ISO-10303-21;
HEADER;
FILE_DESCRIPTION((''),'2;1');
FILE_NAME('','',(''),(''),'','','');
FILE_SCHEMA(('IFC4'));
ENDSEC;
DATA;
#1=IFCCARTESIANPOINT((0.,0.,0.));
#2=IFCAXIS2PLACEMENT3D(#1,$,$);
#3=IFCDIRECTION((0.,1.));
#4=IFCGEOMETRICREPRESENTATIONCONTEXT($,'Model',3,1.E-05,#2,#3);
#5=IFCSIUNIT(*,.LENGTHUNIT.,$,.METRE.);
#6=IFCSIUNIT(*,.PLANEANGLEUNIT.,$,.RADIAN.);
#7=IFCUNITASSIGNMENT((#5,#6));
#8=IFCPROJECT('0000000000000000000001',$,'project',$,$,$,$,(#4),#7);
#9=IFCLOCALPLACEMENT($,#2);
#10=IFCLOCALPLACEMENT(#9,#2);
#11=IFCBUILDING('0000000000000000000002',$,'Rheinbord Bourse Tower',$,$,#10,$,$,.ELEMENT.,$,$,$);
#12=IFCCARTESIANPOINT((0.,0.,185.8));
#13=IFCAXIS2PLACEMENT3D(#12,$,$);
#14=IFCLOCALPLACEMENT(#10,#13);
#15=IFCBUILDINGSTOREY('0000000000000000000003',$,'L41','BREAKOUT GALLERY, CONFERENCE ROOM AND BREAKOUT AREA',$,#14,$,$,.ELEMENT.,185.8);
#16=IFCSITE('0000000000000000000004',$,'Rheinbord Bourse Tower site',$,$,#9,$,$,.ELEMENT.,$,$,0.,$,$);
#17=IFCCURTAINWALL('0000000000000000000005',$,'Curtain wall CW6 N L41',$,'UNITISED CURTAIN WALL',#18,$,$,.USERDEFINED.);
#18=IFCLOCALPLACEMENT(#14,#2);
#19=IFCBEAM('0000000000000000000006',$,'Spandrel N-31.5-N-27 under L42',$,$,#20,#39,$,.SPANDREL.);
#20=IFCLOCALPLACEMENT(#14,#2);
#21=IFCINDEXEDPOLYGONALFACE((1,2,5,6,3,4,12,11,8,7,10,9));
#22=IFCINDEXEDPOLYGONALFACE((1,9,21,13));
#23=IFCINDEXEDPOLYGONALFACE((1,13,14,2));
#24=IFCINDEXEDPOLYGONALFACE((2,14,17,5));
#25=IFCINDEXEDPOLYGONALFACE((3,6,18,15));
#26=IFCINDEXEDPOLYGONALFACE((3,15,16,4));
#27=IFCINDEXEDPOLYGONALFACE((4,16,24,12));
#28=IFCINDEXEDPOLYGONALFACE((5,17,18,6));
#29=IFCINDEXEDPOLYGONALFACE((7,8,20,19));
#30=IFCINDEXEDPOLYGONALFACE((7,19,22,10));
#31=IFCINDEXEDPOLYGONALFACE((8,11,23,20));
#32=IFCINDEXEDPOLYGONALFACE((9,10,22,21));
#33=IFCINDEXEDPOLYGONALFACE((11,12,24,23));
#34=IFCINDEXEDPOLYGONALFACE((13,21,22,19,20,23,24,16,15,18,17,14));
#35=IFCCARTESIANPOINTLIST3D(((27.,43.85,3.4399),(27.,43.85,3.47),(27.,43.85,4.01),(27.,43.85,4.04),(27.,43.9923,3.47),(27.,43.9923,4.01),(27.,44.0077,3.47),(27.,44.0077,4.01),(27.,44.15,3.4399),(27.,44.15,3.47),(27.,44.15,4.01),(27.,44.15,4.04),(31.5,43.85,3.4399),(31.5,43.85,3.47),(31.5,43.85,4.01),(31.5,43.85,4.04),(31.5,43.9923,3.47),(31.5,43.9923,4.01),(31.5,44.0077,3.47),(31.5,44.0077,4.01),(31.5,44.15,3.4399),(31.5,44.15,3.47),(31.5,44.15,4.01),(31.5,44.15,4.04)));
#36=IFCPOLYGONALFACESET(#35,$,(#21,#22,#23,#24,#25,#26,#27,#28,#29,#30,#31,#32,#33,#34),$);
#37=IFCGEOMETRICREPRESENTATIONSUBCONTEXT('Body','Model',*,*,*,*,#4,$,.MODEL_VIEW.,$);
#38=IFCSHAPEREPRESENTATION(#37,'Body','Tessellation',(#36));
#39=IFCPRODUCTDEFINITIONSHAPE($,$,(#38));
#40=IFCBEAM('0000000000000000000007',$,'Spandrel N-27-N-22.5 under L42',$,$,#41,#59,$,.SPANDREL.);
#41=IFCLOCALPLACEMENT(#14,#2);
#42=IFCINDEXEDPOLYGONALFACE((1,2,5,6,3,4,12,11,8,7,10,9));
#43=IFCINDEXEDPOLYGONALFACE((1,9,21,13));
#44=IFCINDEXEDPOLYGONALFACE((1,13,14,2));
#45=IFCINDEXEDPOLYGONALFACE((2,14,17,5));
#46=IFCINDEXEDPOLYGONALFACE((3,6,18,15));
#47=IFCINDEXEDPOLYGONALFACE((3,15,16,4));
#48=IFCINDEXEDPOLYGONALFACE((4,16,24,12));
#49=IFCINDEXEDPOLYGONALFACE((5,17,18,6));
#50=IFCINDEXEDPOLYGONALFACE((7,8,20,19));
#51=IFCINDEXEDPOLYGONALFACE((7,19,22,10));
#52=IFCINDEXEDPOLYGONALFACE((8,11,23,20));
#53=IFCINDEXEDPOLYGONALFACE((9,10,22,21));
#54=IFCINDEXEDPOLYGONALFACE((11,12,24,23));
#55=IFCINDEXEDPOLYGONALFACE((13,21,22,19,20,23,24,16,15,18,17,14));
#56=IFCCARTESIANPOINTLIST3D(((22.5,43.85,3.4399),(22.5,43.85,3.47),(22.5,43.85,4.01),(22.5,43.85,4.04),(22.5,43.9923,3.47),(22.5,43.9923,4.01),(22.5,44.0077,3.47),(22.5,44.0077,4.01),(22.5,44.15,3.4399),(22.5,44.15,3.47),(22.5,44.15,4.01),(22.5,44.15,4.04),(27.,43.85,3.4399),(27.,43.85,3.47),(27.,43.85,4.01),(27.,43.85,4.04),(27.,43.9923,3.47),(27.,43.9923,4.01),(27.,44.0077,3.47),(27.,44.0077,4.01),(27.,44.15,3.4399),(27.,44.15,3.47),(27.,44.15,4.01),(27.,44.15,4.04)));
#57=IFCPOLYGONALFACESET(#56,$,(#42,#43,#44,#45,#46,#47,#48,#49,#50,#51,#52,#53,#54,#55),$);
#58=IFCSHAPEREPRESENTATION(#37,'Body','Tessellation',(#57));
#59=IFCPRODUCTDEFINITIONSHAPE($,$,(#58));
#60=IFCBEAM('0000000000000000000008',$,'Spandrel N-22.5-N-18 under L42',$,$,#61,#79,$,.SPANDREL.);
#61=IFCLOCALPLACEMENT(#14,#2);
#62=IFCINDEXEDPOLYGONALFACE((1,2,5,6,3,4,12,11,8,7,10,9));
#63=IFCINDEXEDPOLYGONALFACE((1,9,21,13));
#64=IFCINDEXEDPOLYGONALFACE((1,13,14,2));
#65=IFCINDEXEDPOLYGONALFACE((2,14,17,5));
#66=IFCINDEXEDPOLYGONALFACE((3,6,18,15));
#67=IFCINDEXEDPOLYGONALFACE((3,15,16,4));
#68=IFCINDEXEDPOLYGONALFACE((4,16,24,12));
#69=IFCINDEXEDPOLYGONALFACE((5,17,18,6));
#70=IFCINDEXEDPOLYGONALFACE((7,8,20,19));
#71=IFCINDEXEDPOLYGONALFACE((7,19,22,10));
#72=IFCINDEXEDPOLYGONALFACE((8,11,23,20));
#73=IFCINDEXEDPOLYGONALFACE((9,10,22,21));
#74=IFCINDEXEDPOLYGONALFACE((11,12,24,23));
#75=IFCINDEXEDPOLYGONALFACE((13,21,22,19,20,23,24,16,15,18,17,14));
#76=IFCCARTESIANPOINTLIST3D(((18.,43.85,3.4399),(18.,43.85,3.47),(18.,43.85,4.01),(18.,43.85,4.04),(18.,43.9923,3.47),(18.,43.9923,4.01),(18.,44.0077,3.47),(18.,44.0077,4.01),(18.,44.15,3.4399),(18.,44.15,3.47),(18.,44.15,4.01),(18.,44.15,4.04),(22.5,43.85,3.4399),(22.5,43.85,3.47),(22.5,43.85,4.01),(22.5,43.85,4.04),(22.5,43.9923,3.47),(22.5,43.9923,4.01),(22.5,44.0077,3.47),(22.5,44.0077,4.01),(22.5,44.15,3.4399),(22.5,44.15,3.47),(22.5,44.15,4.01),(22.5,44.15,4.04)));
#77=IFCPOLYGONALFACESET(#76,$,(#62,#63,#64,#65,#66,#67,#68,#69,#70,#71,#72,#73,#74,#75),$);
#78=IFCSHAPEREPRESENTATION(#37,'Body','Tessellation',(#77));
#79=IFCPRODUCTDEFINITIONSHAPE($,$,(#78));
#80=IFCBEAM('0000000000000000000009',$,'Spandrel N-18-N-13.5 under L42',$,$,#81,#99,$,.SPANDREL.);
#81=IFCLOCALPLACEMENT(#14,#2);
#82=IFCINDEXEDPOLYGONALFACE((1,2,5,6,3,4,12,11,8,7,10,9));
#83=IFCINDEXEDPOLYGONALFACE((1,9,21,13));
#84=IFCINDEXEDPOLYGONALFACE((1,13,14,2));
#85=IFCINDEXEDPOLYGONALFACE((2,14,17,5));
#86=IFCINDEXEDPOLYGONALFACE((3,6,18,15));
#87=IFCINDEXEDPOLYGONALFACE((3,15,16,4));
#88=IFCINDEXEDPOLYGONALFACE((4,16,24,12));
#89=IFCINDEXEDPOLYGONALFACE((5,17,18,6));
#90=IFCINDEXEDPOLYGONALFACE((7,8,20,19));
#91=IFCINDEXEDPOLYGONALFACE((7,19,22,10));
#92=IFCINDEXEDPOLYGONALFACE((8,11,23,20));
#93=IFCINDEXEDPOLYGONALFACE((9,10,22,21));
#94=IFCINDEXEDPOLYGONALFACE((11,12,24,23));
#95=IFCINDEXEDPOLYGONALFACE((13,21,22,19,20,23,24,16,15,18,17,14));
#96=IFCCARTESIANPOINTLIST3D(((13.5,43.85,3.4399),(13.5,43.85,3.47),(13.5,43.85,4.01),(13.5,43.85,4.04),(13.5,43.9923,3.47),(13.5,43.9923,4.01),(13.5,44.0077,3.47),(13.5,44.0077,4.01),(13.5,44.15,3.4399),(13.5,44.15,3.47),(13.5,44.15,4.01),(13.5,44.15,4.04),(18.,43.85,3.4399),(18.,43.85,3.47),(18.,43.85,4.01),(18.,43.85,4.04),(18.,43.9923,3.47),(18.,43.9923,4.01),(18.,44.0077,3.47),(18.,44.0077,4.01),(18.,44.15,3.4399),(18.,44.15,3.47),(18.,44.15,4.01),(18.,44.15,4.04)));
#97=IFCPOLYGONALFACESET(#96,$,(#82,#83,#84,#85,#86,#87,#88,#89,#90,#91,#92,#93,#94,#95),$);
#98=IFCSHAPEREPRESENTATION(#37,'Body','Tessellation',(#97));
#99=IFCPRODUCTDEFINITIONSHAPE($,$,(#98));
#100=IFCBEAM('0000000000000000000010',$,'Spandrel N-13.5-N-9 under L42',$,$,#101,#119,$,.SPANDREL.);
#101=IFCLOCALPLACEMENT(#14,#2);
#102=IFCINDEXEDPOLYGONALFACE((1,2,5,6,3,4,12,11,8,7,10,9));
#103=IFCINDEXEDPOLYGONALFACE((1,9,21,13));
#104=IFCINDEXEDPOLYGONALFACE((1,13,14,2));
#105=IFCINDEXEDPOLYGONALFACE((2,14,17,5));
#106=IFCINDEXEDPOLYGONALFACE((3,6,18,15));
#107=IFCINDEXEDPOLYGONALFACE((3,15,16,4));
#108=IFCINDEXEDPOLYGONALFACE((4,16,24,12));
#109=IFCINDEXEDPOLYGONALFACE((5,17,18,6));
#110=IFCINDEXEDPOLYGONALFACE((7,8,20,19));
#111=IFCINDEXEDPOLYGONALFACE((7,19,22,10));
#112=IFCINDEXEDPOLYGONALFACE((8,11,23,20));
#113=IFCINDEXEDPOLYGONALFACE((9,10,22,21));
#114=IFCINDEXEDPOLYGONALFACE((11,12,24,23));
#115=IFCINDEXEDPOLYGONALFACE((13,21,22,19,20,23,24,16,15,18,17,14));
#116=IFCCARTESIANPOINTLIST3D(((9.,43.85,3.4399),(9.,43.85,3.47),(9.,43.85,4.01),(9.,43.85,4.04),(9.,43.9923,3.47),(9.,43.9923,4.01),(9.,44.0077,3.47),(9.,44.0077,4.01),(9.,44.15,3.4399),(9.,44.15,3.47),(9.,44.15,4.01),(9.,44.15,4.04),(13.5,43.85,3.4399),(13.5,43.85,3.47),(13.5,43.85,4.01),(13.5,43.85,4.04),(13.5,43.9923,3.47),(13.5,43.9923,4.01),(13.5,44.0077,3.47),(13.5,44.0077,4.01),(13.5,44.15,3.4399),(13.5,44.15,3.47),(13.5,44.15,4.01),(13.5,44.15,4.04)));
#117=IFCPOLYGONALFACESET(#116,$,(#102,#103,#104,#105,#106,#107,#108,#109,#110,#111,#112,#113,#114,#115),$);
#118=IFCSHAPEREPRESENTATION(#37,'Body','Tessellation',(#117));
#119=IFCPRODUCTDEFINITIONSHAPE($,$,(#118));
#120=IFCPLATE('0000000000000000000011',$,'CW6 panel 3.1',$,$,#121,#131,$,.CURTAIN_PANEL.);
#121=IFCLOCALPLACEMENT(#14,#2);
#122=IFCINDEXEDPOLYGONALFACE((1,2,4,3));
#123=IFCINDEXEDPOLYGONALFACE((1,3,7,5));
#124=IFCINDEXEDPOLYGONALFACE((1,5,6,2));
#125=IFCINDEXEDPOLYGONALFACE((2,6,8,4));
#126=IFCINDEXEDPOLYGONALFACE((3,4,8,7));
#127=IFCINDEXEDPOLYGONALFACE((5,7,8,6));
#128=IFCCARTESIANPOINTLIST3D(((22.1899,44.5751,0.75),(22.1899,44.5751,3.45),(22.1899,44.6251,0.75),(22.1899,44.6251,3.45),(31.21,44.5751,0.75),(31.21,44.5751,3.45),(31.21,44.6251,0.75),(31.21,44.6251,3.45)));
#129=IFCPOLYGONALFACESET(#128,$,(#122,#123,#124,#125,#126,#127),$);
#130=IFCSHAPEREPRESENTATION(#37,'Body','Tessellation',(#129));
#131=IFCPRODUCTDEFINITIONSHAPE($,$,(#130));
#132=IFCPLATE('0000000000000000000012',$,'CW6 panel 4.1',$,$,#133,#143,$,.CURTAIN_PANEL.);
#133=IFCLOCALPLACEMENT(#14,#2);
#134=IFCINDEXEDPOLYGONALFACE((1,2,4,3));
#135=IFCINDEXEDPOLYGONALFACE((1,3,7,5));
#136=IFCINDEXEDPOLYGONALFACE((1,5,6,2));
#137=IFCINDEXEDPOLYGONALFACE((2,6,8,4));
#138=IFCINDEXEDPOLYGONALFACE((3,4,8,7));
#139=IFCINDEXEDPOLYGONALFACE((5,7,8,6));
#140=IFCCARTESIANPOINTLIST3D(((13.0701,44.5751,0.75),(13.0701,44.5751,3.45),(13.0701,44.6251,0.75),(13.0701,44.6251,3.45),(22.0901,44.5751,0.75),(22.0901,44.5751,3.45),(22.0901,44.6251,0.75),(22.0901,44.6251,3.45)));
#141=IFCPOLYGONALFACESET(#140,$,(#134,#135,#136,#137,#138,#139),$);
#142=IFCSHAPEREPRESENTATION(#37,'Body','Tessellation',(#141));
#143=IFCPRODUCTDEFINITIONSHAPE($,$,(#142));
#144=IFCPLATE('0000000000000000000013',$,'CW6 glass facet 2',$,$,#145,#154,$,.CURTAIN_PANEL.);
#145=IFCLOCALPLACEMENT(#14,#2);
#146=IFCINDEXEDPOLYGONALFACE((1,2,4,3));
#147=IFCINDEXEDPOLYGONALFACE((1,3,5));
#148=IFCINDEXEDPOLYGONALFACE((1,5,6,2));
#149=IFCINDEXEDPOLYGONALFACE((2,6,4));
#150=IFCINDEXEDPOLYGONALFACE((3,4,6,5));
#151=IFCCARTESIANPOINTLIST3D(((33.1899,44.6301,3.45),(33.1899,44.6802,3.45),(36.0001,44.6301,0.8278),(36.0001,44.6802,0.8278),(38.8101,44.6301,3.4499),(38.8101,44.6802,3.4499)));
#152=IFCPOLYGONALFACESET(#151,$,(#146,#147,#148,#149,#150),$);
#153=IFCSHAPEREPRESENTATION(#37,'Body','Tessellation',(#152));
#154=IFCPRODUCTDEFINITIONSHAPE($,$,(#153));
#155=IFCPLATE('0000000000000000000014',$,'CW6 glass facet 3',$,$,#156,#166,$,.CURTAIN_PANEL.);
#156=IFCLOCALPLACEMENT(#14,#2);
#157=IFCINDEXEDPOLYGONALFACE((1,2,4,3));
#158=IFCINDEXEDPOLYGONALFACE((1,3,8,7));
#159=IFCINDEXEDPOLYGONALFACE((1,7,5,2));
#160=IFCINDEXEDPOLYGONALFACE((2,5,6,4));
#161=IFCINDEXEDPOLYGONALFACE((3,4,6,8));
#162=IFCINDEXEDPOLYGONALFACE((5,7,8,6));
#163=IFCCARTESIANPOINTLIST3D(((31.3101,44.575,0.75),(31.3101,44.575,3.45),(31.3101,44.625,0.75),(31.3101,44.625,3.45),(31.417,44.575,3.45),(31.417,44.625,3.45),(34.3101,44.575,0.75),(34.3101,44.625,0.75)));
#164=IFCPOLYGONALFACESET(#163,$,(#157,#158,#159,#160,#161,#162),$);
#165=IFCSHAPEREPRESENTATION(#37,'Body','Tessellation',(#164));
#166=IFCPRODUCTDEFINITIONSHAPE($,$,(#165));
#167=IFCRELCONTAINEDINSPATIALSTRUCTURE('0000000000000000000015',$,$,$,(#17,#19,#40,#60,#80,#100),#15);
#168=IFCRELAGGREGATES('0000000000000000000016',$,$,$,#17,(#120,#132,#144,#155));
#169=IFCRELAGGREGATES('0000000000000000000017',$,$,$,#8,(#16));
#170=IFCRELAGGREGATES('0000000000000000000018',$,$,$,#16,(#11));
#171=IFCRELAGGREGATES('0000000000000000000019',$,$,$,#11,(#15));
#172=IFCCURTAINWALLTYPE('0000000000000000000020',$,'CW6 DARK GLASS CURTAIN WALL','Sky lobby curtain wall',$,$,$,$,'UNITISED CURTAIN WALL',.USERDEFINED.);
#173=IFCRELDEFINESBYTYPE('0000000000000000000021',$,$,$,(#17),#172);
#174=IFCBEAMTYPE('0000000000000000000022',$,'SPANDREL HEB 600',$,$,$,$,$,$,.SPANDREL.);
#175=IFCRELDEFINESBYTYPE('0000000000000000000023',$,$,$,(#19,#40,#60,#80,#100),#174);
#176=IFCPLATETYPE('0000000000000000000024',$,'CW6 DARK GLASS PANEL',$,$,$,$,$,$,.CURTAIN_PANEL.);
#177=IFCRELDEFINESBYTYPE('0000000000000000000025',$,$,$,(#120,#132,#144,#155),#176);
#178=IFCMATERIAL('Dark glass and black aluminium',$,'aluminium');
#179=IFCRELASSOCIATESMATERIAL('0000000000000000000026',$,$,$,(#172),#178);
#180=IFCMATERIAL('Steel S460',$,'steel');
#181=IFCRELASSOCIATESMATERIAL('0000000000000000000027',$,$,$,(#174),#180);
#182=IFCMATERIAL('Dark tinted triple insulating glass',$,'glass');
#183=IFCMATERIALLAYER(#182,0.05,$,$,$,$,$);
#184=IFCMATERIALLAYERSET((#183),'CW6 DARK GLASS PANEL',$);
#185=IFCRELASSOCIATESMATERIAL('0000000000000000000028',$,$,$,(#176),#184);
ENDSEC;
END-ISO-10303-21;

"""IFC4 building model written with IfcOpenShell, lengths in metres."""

from ifc_helpers import new_model, si_unit, direction, frame, origin, origin_2d, place, context, subcontext, project, spatial, polyline, rectangle, i_section, outline, extrude, material, layer, layer_set, material_profile, profile_set, type_object, element, aggregate, save


model = new_model("IFC4")

# Units and contexts
model_context = context("Model", 3, precision=1e-05, world=origin(), true_north=direction((0.0, 1.0)))
body_context = subcontext(model_context, "Body", "Model", "MODEL_VIEW")
ifc_project = project(units=[si_unit("LENGTHUNIT", "METRE"), si_unit("PLANEANGLEUNIT", "RADIAN")], contexts=[model_context])

# Site, building, storey
site_placement = place(None, origin())
site = spatial("IfcSite", under=ifc_project, at=site_placement, Name="Rheinbord Bourse Tower site", CompositionType="ELEMENT", RefElevation=0.0)
building_placement = place(site_placement, origin())
building = spatial("IfcBuilding", under=site, at=building_placement, Name="Rheinbord Bourse Tower", CompositionType="ELEMENT")
storey_placement = place(building_placement, frame((0.0, 0.0, 185.8)))
storey = spatial("IfcBuildingStorey", under=building, at=storey_placement, Name="L41", Description="BREAKOUT GALLERY, CONFERENCE ROOM AND BREAKOUT AREA", CompositionType="ELEMENT", Elevation=185.8)

# Curtain wall
ifc_material_1 = material(Name="Dark glass and black aluminium", Category="aluminium")
curtain_wall_type = type_object("IfcCurtainWallType", Name="CW6 DARK GLASS CURTAIN WALL", Description="Sky lobby curtain wall", ElementType="UNITISED CURTAIN WALL", PredefinedType="USERDEFINED", material=ifc_material_1)
curtain_wall_placement = place(storey_placement, origin())
curtain_wall = element("IfcCurtainWall", 1, at=curtain_wall_placement, inside=storey, type_object=curtain_wall_type, Name="Curtain wall CW6 N L41", ObjectType="UNITISED CURTAIN WALL", PredefinedType="USERDEFINED")

# Beams
ifc_material_2 = material(Name="Steel S460", Category="steel")
ifc_material_profile_1 = material_profile(ifc_material_2, i_section(OverallWidth=0.3, OverallDepth=0.6001, WebThickness=0.0154, FlangeThickness=0.03, at=origin_2d()), Name="HEB 600")
ifc_profile_set_1 = profile_set([ifc_material_profile_1], Name="Steel S460")
beam_type_1 = type_object("IfcBeamType", Name="SPANDREL HEB 600", PredefinedType="SPANDREL", material=ifc_profile_set_1)
for number, where, z_axis, x_axis, name in (
    (2, (31.5, 44.0, 3.74), (-1.0, 0.0, 0.0), (0.0, -1.0, 0.0), "Spandrel N-31.5-N-27 under L42"),
    (3, (27.0, 44.0, 3.74), (-1.0, 0.0, 0.0), (0.0, -1.0, 0.0), "Spandrel N-27-N-22.5 under L42"),
    (4, (22.5, 44.0, 3.74), (-1.0, 0.0, 0.0), (0.0, -1.0, 0.0), "Spandrel N-22.5-N-18 under L42"),
    (5, (18.0, 44.0, 3.74), (-1.0, 0.0, 0.0), (0.0, -1.0, 0.0), "Spandrel N-18-N-13.5 under L42"),
    (6, (13.5, 44.0, 3.74), (-1.0, 0.0, 0.0), (0.0, -1.0, 0.0), "Spandrel N-13.5-N-9 under L42"),
):
    element("IfcBeam", number, at=place(storey_placement, frame(where, z_axis=z_axis, x_axis=x_axis)), inside=storey, type_object=beam_type_1, Name=name, PredefinedType="SPANDREL", context=body_context, shape_type="SweptSolid", body=[
        extrude(i_section(OverallWidth=0.3, OverallDepth=0.6001, WebThickness=0.0154, FlangeThickness=0.03, at=origin_2d()), origin(), (0.0, 0.0, 1.0), 4.5),
    ])

# Plates
ifc_material_3 = material(Name="Dark tinted triple insulating glass", Category="glass")
ifc_layer = layer(ifc_material_3, 0.05)
ifc_layer_set = layer_set([ifc_layer], Name="CW6 DARK GLASS PANEL")
plate_type = type_object("IfcPlateType", Name="CW6 DARK GLASS PANEL", PredefinedType="CURTAIN_PANEL", material=ifc_layer_set)
plate_1_placement = place(storey_placement, frame((26.7, 44.6001, 0.75), z_axis=(0.0, 0.0, 1.0), x_axis=(-1.0, 0.0, 0.0)))
plate_1 = element("IfcPlate", 7, at=plate_1_placement, type_object=plate_type, Name="CW6 panel 3.1", PredefinedType="CURTAIN_PANEL", context=body_context, shape_type="SweptSolid", body=[
    extrude(rectangle(XDim=9.02, YDim=0.05, at=origin_2d()), origin(), (0.0, 0.0, 1.0), 2.7),
])
plate_2_placement = place(storey_placement, frame((17.5801, 44.6001, 0.75), z_axis=(0.0, 0.0, 1.0), x_axis=(-1.0, 0.0, 0.0)))
plate_2 = element("IfcPlate", 8, at=plate_2_placement, type_object=plate_type, Name="CW6 panel 4.1", PredefinedType="CURTAIN_PANEL", context=body_context, shape_type="SweptSolid", body=[
    extrude(rectangle(XDim=9.02, YDim=0.05, at=origin_2d()), origin(), (0.0, 0.0, 1.0), 2.7),
])
plate_3_placement = place(storey_placement, frame((33.1899, 44.6802, 3.45), z_axis=(0.0, -1.0, 0.0), x_axis=(0.73114, 0.0, -0.682228)))
plate_3 = element("IfcPlate", 9, at=plate_3_placement, type_object=plate_type, Name="CW6 glass facet 2", PredefinedType="CURTAIN_PANEL", context=body_context, shape_type="SweptSolid", body=[
    extrude(outline(polyline([(0.0, 0.0), (3.8435, 0.0), (4.1091, 3.8342), (0.0, 0.0)])), origin(), (0.0, 0.0, 1.0), 0.05),
])
plate_4_placement = place(storey_placement, frame((31.3101, 44.625, 3.45), z_axis=(0.0, -1.0, 0.0), x_axis=(0.0, 0.0, -1.0)))
plate_4 = element("IfcPlate", 10, at=plate_4_placement, type_object=plate_type, Name="CW6 glass facet 3", PredefinedType="CURTAIN_PANEL", context=body_context, shape_type="SweptSolid", body=[
    extrude(outline(polyline([(0.0, 0.0), (2.7, 0.0), (2.7, 3.0), (0.0, 0.1069), (0.0, 0.0)])), origin(), (0.0, 0.0, 1.0), 0.05),
])
aggregate(curtain_wall, [plate_1, plate_2, plate_3, plate_4])

save(model, "model.ifc")
